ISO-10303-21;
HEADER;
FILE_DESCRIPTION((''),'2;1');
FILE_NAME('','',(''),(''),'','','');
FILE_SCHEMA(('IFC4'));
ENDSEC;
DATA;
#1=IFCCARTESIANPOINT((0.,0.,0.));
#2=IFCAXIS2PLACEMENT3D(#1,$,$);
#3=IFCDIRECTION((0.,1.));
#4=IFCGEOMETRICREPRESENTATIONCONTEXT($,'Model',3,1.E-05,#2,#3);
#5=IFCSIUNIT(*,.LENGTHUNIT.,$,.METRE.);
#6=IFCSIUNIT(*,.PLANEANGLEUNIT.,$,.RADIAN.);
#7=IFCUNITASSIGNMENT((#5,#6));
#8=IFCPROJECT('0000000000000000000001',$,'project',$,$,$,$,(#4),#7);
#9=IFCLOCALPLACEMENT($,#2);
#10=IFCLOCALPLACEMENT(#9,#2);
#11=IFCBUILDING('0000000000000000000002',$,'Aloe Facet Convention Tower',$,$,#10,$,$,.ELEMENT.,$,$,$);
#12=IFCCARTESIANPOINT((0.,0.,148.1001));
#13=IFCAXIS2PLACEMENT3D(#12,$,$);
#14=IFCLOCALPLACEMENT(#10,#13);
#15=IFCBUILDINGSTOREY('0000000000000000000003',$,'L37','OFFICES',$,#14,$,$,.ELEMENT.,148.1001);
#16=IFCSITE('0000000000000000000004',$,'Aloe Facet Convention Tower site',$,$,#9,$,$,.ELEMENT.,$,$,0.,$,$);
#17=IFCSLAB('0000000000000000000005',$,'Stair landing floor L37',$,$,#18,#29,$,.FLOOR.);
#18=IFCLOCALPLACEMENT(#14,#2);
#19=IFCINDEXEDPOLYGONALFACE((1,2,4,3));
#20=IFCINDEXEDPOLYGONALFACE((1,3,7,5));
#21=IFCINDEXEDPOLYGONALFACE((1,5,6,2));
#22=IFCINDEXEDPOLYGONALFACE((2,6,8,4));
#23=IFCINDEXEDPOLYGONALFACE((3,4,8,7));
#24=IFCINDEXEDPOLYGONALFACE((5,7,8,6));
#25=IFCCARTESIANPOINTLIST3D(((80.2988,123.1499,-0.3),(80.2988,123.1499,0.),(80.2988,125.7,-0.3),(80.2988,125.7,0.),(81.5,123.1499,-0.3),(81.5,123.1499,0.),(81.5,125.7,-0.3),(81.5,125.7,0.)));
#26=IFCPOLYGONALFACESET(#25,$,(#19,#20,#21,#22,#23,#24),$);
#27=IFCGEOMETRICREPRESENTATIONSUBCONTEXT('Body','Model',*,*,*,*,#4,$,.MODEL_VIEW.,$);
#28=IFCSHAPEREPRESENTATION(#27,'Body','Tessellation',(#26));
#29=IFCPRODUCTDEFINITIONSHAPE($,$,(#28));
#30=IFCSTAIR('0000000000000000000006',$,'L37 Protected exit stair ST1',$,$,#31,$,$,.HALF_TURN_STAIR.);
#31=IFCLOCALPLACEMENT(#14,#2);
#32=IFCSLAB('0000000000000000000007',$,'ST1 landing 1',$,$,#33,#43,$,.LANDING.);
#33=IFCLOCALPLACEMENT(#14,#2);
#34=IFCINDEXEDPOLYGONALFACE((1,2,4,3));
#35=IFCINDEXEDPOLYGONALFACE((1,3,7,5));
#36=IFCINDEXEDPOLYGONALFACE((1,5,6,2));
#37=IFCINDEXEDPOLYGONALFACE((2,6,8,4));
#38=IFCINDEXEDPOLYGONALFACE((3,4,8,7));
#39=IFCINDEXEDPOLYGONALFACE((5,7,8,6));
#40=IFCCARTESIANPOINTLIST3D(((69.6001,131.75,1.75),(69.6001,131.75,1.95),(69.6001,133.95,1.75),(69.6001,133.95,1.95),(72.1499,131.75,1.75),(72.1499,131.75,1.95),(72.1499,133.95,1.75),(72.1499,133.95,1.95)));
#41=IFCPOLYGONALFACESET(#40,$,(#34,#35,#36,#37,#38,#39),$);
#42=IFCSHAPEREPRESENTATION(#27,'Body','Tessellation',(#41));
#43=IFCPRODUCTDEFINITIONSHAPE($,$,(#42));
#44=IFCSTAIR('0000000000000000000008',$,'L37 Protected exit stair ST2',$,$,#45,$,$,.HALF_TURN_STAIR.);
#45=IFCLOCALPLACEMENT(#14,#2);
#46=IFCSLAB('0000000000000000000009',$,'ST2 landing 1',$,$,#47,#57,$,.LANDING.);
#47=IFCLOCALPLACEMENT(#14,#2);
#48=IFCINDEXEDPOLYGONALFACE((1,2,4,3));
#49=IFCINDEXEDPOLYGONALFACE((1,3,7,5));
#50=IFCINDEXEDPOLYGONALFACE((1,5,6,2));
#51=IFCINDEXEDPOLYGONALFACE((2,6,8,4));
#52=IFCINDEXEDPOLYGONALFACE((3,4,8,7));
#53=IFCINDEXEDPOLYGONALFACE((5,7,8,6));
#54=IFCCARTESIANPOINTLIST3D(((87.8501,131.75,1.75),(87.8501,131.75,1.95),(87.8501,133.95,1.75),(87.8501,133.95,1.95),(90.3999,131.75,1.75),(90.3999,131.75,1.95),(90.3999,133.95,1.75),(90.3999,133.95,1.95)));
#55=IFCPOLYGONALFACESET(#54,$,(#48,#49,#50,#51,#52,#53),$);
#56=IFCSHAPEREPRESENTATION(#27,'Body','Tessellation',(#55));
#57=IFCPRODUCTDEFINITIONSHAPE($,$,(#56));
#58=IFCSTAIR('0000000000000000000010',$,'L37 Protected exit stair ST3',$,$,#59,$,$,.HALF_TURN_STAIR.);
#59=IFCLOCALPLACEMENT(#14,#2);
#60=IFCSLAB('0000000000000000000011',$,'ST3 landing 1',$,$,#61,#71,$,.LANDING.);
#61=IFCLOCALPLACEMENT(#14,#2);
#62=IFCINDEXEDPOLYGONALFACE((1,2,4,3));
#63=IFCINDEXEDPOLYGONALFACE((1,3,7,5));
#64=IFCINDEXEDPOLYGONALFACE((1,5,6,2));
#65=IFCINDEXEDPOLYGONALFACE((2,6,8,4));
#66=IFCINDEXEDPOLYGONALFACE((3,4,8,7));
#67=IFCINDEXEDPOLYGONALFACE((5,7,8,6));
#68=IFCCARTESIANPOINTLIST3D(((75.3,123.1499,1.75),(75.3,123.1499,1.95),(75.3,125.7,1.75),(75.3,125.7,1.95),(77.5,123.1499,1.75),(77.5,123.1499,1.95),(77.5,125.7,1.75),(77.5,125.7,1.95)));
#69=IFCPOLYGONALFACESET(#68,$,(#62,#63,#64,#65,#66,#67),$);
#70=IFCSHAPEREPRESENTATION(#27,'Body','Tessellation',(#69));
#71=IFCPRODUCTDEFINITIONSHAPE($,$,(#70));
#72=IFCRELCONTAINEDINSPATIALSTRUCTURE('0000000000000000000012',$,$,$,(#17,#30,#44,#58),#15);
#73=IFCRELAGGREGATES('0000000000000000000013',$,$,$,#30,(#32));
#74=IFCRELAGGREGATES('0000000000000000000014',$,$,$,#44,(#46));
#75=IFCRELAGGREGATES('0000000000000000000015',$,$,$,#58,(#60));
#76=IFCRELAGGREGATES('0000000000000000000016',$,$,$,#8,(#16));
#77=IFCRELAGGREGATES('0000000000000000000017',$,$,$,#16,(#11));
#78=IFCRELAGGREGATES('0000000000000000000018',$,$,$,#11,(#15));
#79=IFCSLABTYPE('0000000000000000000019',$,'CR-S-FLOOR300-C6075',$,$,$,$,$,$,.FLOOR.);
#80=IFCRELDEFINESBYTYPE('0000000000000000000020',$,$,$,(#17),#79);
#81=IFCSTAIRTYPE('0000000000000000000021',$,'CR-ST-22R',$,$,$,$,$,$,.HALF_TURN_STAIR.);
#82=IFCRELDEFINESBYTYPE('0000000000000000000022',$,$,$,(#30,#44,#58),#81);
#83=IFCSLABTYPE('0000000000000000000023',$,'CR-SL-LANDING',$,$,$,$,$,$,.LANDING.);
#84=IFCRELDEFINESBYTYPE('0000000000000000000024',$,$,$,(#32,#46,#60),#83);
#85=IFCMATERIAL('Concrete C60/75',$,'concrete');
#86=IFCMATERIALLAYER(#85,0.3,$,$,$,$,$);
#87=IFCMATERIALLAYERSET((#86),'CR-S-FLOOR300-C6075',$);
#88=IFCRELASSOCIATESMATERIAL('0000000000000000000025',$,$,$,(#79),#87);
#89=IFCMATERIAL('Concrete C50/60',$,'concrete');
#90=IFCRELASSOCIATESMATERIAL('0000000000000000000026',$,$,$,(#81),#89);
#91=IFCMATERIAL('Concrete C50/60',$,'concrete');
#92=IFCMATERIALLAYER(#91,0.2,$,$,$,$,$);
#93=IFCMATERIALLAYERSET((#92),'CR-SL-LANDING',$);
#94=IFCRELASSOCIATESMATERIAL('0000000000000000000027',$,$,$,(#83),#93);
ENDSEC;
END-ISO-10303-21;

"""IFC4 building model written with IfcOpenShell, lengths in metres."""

from ifc_helpers import new_model, si_unit, direction, frame, origin, place, context, subcontext, project, spatial, polyline, outline, extrude, material, layer, layer_set, type_object, element, aggregate, save


model = new_model("IFC4")

# Units and contexts
model_context = context("Model", 3, precision=1e-05, world=origin(), true_north=direction((0.0, 1.0)))
body_context = subcontext(model_context, "Body", "Model", "MODEL_VIEW")
ifc_project = project(units=[si_unit("LENGTHUNIT", "METRE"), si_unit("PLANEANGLEUNIT", "RADIAN")], contexts=[model_context])

# Site, building, storey
site_placement = place(None, origin())
site = spatial("IfcSite", under=ifc_project, at=site_placement, Name="Aloe Facet Convention Tower site", CompositionType="ELEMENT", RefElevation=0.0)
building_placement = place(site_placement, origin())
building = spatial("IfcBuilding", under=site, at=building_placement, Name="Aloe Facet Convention Tower", CompositionType="ELEMENT")
storey_placement = place(building_placement, frame((0.0, 0.0, 148.1001)))
storey = spatial("IfcBuildingStorey", under=building, at=storey_placement, Name="L37", Description="OFFICES", CompositionType="ELEMENT", Elevation=148.1001)

# Slab
ifc_material_1 = material(Name="Concrete C60/75", Category="concrete")
ifc_layer_1 = layer(ifc_material_1, 0.3)
ifc_layer_set_1 = layer_set([ifc_layer_1], Name="CR-S-FLOOR300-C6075")
slab_type_1 = type_object("IfcSlabType", Name="CR-S-FLOOR300-C6075", PredefinedType="FLOOR", material=ifc_layer_set_1)
slab_1_placement = place(storey_placement, frame((0.0, 0.0, -0.3)))
element("IfcSlab", 1, at=slab_1_placement, inside=storey, type_object=slab_type_1, Name="Stair landing floor L37", PredefinedType="FLOOR", context=body_context, shape_type="SweptSolid", body=[
    extrude(outline(polyline([(81.5, 125.7), (80.2988, 125.7), (80.2988, 123.1499), (81.5, 123.1499), (81.5, 125.7)])), origin(), (0.0, 0.0, 1.0), 0.3),
])

# Stairs, slabs
ifc_material_2 = material(Name="Concrete C50/60", Category="concrete")
stair_type = type_object("IfcStairType", Name="CR-ST-22R", PredefinedType="HALF_TURN_STAIR", material=ifc_material_2)
stair_1_placement = place(storey_placement, origin())
stair_1 = element("IfcStair", 2, at=stair_1_placement, inside=storey, type_object=stair_type, Name="L37 Protected exit stair ST1", PredefinedType="HALF_TURN_STAIR")
ifc_material_3 = material(Name="Concrete C50/60", Category="concrete")
ifc_layer_2 = layer(ifc_material_3, 0.2)
ifc_layer_set_2 = layer_set([ifc_layer_2], Name="CR-SL-LANDING")
slab_type_2 = type_object("IfcSlabType", Name="CR-SL-LANDING", PredefinedType="LANDING", material=ifc_layer_set_2)
slab_2_placement = place(storey_placement, frame((0.0, 0.0, 1.75)))
slab_2 = element("IfcSlab", 3, at=slab_2_placement, type_object=slab_type_2, Name="ST1 landing 1", PredefinedType="LANDING", context=body_context, shape_type="SweptSolid", body=[
    extrude(outline(polyline([(72.1499, 131.75), (72.1499, 133.95), (69.6001, 133.95), (69.6001, 131.75), (72.1499, 131.75)])), origin(), (0.0, 0.0, 1.0), 0.2),
])
aggregate(stair_1, [slab_2])
stair_2_placement = place(storey_placement, origin())
stair_2 = element("IfcStair", 4, at=stair_2_placement, inside=storey, type_object=stair_type, Name="L37 Protected exit stair ST2", PredefinedType="HALF_TURN_STAIR")
slab_3_placement = place(storey_placement, frame((0.0, 0.0, 1.75)))
slab_3 = element("IfcSlab", 5, at=slab_3_placement, type_object=slab_type_2, Name="ST2 landing 1", PredefinedType="LANDING", context=body_context, shape_type="SweptSolid", body=[
    extrude(outline(polyline([(90.3999, 131.75), (90.3999, 133.95), (87.8501, 133.95), (87.8501, 131.75), (90.3999, 131.75)])), origin(), (0.0, 0.0, 1.0), 0.2),
])
aggregate(stair_2, [slab_3])
stair_3_placement = place(storey_placement, origin())
stair_3 = element("IfcStair", 6, at=stair_3_placement, inside=storey, type_object=stair_type, Name="L37 Protected exit stair ST3", PredefinedType="HALF_TURN_STAIR")
slab_4_placement = place(storey_placement, frame((0.0, 0.0, 1.75)))
slab_4 = element("IfcSlab", 7, at=slab_4_placement, type_object=slab_type_2, Name="ST3 landing 1", PredefinedType="LANDING", context=body_context, shape_type="SweptSolid", body=[
    extrude(outline(polyline([(77.5, 125.7), (75.3, 125.7), (75.3, 123.1499), (77.5, 123.1499), (77.5, 125.7)])), origin(), (0.0, 0.0, 1.0), 0.2),
])
aggregate(stair_3, [slab_4])

save(model, "model.ifc")
